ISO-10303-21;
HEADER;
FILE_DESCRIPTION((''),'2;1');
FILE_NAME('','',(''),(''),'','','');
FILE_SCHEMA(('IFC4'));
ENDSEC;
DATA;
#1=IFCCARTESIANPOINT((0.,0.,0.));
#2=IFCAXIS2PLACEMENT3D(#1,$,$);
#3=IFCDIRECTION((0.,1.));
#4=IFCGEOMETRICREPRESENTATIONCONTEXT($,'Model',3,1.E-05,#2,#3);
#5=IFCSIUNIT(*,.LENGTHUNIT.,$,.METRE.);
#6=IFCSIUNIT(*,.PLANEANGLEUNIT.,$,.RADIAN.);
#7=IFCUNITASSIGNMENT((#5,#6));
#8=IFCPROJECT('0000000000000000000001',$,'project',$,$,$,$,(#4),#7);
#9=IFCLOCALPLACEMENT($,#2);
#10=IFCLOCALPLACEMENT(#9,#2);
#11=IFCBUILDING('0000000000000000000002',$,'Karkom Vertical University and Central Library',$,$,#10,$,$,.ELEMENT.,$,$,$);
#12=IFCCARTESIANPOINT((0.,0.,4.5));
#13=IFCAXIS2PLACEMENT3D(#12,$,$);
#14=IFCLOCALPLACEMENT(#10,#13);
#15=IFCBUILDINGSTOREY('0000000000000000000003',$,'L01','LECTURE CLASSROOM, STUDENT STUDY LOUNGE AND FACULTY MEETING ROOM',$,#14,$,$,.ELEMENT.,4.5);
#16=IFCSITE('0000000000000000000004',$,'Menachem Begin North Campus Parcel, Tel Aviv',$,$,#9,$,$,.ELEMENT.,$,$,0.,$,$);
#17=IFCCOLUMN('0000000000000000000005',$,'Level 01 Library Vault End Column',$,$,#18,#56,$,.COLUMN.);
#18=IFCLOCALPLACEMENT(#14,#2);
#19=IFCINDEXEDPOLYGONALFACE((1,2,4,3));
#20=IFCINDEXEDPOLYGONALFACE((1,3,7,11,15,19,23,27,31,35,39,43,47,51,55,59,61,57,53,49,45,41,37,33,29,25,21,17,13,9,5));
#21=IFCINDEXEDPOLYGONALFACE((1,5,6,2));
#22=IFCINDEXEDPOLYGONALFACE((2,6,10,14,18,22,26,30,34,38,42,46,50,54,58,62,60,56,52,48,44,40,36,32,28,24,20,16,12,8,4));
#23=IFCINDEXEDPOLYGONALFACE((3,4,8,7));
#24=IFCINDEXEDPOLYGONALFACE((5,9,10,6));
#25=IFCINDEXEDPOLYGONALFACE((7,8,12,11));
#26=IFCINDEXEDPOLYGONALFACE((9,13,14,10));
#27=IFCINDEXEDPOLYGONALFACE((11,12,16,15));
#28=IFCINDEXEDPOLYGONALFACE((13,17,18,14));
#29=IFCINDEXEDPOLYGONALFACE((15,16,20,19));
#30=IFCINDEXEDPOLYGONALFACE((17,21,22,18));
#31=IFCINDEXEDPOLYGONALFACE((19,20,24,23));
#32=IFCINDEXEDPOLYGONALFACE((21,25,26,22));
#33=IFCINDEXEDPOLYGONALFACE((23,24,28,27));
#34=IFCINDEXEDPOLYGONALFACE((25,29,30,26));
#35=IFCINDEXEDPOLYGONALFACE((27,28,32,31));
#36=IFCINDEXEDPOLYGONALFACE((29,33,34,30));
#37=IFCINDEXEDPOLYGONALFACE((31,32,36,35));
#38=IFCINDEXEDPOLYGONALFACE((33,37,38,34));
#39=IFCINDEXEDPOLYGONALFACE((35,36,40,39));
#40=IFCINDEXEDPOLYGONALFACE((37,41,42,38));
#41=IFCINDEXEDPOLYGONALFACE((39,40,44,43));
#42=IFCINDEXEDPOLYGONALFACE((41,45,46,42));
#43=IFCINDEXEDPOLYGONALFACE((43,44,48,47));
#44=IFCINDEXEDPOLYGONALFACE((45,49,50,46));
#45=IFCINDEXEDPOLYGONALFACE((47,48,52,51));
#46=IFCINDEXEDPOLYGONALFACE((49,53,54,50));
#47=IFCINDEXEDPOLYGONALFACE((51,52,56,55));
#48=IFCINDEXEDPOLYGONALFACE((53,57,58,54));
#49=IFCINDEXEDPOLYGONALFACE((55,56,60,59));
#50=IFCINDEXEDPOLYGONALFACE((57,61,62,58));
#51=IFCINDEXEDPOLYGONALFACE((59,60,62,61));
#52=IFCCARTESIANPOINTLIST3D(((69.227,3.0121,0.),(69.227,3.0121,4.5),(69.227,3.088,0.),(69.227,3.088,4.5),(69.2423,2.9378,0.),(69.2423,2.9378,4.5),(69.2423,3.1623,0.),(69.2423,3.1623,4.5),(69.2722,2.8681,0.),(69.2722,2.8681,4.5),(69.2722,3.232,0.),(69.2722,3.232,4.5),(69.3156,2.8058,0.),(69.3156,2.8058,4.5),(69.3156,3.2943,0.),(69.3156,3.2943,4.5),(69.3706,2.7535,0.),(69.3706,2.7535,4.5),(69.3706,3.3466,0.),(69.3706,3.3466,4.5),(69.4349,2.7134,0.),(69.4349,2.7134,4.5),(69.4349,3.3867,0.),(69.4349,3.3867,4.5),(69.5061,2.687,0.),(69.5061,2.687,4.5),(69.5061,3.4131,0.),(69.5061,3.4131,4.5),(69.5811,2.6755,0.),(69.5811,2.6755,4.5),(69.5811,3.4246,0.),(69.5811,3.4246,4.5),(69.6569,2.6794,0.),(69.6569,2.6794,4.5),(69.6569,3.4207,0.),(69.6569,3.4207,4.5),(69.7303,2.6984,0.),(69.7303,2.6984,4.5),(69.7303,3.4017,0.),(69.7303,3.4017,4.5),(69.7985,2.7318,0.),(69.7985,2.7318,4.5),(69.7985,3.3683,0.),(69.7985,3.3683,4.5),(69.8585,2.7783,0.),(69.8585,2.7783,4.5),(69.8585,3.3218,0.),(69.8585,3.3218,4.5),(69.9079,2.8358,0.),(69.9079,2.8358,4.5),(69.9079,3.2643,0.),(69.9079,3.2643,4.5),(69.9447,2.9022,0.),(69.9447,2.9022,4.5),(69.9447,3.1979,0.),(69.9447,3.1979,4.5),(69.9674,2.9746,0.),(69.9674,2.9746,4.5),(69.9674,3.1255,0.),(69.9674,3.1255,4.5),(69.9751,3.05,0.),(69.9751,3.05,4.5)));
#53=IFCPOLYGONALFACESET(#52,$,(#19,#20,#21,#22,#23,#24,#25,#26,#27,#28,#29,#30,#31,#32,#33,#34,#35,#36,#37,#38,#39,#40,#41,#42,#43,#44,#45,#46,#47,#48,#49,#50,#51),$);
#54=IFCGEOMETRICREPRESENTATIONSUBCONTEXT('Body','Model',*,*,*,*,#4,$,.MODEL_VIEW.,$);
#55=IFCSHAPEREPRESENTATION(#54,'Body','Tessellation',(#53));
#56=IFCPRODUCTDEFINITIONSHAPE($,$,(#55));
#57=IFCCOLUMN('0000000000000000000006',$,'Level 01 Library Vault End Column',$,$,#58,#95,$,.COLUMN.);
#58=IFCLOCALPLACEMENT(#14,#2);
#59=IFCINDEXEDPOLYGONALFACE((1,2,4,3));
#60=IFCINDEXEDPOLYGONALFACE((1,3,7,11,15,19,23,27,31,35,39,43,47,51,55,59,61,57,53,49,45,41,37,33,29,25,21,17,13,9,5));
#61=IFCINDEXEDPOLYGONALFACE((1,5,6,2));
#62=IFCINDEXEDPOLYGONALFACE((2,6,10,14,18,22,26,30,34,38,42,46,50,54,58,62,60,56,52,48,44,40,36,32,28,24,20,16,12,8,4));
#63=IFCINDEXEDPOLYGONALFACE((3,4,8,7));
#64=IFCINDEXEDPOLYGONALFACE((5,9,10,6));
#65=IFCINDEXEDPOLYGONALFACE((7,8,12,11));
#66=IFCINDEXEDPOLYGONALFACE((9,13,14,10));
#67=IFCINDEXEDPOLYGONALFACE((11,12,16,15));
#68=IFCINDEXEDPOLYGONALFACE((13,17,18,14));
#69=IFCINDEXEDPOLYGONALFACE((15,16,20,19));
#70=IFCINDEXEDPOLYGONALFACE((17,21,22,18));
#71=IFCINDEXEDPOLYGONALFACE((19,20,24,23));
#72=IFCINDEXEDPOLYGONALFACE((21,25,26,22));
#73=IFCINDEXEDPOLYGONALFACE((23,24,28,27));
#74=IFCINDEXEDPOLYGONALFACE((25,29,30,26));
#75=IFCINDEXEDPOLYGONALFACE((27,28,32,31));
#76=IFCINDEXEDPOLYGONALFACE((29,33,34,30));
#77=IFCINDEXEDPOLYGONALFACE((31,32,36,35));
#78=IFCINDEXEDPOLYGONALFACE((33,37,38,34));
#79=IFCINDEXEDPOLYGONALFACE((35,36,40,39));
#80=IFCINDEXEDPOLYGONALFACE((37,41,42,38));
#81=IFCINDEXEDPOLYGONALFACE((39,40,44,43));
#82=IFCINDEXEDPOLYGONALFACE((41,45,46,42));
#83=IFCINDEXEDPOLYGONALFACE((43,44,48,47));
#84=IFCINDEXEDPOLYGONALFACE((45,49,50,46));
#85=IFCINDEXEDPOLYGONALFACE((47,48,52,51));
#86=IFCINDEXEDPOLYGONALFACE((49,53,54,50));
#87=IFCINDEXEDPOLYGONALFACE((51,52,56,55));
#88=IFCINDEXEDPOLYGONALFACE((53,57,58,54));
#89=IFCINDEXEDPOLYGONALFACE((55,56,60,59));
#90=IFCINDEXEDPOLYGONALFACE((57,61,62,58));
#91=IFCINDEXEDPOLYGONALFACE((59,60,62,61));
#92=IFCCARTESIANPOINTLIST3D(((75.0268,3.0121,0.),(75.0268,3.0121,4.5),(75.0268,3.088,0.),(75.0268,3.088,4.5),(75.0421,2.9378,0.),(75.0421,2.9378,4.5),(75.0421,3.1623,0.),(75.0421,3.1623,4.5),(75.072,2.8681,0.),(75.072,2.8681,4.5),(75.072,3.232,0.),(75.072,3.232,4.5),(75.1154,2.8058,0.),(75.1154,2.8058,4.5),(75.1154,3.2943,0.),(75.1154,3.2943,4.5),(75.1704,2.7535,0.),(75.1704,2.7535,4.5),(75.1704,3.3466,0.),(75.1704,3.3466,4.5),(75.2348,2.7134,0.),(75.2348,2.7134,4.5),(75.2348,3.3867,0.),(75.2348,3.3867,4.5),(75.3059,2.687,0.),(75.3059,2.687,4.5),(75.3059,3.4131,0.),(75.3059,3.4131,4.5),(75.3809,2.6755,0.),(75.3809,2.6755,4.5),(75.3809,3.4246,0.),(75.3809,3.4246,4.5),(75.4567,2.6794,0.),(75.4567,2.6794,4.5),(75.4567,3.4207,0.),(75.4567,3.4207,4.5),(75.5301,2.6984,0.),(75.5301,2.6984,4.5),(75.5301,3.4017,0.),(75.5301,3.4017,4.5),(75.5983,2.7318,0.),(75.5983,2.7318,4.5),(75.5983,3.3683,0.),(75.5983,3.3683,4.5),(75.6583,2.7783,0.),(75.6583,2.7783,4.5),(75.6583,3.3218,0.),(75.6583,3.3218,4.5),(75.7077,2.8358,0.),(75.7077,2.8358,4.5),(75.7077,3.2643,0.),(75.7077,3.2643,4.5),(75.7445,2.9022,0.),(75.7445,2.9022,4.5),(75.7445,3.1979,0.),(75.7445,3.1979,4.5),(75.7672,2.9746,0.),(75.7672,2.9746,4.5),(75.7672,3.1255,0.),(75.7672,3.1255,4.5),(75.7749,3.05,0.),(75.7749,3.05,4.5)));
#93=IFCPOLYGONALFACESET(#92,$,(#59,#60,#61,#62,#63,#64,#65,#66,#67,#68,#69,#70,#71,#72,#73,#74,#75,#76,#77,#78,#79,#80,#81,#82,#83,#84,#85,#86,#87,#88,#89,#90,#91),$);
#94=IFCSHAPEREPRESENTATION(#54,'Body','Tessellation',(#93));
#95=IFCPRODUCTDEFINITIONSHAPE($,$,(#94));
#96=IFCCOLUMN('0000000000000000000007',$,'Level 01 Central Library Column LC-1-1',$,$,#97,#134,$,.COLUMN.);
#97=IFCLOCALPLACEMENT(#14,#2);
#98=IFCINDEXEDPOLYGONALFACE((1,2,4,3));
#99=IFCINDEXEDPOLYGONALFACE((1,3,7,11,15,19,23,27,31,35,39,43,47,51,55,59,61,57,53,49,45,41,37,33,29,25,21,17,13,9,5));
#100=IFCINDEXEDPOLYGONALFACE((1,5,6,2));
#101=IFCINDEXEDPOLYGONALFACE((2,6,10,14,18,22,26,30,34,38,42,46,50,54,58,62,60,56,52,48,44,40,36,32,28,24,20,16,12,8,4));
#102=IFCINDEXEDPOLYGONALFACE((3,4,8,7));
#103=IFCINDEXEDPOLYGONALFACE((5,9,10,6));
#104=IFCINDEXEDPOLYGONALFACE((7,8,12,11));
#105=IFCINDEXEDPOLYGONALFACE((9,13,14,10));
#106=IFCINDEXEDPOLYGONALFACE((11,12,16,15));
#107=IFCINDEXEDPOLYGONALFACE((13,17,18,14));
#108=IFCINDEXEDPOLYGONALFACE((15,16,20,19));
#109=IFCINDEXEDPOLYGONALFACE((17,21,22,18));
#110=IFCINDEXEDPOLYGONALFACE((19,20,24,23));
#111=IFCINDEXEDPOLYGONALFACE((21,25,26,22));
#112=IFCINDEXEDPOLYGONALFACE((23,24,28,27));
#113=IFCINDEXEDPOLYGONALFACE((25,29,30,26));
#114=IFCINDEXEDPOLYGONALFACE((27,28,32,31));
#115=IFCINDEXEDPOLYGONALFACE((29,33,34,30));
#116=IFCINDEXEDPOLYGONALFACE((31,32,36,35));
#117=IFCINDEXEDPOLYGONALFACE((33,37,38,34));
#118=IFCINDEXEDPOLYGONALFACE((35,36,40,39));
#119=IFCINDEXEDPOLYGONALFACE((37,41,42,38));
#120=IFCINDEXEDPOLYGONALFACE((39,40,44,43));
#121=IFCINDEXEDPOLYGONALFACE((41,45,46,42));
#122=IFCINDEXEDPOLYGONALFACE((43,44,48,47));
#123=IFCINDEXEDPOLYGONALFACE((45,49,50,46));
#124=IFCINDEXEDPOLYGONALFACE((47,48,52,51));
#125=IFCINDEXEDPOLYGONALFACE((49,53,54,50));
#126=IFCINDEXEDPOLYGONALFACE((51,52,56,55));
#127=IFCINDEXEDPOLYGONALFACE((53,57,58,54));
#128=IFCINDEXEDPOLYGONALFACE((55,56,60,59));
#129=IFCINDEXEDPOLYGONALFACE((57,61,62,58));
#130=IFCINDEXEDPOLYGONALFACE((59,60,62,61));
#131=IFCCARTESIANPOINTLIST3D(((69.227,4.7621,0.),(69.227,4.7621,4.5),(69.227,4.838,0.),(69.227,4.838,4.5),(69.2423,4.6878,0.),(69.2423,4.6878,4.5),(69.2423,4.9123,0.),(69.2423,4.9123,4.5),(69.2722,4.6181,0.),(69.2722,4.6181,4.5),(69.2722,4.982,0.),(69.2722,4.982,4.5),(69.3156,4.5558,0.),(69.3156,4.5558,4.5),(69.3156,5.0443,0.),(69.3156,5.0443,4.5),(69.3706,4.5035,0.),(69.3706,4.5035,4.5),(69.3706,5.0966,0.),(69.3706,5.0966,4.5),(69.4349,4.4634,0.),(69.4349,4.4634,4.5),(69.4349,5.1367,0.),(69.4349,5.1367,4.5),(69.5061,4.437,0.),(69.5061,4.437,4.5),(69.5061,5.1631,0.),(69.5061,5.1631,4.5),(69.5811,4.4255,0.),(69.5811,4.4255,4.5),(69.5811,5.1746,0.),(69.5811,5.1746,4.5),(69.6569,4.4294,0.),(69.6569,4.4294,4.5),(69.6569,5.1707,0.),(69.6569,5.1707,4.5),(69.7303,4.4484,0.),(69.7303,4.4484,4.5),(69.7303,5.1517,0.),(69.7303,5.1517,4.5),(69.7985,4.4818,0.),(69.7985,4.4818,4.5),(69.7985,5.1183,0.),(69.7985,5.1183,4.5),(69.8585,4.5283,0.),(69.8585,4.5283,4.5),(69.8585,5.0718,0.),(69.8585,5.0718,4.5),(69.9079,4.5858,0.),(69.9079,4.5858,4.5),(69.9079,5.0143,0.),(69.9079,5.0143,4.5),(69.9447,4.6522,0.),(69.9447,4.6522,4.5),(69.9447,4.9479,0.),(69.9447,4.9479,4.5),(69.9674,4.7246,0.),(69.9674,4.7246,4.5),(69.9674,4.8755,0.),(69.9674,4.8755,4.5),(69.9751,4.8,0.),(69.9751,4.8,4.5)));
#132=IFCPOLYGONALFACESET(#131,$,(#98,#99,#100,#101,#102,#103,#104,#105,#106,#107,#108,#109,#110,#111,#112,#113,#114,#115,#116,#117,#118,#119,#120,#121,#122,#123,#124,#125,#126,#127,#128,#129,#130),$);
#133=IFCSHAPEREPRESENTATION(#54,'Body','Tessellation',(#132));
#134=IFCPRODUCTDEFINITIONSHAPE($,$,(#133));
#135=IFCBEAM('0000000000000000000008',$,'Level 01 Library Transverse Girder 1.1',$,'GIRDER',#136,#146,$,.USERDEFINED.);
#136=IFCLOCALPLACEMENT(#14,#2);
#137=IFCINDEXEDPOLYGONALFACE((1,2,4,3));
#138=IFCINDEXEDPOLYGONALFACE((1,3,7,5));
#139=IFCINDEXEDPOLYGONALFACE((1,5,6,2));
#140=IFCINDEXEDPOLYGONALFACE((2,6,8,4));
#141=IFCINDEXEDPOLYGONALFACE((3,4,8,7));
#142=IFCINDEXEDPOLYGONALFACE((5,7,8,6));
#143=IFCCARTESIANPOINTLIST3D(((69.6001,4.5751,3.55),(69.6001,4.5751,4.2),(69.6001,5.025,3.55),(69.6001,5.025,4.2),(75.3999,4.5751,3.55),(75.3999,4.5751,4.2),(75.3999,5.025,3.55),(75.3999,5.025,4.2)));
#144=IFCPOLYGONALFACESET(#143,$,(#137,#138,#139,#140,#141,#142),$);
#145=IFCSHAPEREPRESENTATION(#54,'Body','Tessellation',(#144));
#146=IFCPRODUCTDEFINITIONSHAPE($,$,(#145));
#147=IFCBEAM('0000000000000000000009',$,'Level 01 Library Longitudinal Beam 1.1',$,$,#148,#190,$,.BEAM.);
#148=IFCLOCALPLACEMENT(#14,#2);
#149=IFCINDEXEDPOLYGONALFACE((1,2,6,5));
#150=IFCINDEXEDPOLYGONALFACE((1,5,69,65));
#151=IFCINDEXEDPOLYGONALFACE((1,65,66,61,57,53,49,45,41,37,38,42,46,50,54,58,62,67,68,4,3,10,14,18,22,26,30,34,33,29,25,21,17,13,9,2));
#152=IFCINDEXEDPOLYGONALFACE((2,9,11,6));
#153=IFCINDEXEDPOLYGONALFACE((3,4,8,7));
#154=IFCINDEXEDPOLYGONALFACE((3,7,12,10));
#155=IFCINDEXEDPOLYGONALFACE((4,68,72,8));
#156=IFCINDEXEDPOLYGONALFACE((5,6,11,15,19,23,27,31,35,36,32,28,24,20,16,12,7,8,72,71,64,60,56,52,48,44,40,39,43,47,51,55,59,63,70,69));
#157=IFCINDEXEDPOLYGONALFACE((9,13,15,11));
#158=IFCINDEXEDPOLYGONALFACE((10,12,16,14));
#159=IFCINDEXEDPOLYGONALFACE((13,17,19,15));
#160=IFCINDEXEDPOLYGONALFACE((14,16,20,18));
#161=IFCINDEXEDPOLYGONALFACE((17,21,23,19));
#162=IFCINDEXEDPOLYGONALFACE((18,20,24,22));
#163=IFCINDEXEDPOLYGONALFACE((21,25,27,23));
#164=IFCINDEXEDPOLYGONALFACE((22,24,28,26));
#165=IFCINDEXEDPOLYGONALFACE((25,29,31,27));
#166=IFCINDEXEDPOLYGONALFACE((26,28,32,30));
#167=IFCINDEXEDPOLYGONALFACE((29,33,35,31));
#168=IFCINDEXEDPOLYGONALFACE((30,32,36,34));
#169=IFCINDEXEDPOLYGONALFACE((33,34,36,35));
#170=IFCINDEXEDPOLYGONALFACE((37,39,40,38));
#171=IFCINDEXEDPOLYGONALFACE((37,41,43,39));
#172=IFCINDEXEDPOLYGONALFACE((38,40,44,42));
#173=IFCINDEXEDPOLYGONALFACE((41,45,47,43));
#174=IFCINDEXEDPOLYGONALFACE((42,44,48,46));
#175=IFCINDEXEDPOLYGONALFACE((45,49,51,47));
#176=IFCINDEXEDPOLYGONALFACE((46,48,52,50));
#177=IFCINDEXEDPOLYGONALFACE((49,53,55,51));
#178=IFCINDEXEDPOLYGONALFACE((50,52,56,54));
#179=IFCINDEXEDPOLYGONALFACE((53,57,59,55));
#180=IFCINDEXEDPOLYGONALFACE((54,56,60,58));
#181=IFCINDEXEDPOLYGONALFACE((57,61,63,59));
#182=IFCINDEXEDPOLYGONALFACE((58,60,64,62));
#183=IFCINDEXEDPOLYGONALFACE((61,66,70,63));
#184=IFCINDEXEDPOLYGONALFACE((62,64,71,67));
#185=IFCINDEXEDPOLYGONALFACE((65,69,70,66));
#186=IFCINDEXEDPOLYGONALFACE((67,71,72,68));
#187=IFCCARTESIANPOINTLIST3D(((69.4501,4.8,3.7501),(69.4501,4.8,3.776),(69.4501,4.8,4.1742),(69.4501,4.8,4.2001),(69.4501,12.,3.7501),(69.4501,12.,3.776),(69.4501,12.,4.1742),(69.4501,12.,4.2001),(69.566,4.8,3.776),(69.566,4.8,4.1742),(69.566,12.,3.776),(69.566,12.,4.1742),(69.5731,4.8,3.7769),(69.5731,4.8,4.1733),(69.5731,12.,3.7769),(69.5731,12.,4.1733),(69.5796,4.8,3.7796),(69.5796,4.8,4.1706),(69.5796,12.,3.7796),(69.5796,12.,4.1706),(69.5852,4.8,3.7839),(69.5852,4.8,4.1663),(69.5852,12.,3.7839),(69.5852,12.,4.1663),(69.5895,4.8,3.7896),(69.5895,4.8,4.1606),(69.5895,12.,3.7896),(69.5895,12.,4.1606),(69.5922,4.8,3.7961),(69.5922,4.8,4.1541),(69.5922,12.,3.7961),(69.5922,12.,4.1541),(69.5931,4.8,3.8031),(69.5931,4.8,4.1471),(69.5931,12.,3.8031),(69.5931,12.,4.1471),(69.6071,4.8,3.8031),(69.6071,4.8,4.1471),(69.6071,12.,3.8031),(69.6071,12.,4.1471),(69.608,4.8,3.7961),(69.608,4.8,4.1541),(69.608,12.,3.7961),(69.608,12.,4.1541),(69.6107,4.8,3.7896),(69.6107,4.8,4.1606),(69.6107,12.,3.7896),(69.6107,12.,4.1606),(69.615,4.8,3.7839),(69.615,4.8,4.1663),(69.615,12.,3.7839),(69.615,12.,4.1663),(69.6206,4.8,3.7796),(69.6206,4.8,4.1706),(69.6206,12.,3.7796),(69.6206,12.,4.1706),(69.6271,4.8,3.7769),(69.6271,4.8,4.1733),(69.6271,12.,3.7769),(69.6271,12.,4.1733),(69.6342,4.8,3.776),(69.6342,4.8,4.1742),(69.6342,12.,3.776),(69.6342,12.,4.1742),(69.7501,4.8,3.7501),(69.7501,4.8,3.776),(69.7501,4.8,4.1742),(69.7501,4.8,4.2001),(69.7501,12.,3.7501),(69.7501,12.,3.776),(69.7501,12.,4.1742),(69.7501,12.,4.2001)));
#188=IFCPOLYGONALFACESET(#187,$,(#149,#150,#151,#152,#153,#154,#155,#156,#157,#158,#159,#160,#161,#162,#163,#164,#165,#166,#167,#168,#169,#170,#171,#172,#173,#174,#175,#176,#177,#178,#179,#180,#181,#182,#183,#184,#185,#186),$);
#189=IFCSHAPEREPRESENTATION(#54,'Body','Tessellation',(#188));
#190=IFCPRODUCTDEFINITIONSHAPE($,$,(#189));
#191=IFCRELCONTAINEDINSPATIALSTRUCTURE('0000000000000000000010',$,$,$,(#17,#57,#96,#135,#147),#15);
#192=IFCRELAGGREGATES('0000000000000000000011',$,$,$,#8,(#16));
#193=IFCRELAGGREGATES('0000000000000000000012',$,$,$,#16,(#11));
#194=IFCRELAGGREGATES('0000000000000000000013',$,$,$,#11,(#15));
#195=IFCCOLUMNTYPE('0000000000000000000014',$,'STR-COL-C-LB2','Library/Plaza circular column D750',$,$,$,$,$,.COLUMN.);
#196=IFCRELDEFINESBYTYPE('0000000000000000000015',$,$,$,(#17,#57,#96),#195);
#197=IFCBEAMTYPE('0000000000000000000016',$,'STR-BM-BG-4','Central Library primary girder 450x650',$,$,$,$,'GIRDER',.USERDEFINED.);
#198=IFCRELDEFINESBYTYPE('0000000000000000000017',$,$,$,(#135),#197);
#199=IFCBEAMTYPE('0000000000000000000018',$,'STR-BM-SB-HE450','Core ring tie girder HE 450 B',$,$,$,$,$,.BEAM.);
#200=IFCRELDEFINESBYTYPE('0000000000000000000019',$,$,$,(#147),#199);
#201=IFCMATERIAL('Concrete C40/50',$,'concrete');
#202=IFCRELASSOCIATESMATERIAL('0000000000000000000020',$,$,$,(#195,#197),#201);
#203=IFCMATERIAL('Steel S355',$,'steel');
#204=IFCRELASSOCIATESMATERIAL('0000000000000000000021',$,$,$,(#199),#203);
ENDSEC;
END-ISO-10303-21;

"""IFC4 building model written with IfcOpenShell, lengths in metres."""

from ifc_helpers import new_model, si_unit, direction, frame, origin, origin_with_axes, origin_2d, place, context, subcontext, project, spatial, rectangle, circle, i_section, extrude, source, transform, mapped, material, material_profile, profile_set, type_object, element, save


model = new_model("IFC4")

# Units and contexts
model_context = context("Model", 3, precision=1e-05, world=origin(), true_north=direction((0.0, 1.0)))
body_context = subcontext(model_context, "Body", "Model", "MODEL_VIEW")
ifc_project = project(units=[si_unit("LENGTHUNIT", "METRE"), si_unit("PLANEANGLEUNIT", "RADIAN")], contexts=[model_context])

# Site, building, storey
site_placement = place(None, origin())
site = spatial("IfcSite", under=ifc_project, at=site_placement, Name="Menachem Begin North Campus Parcel, Tel Aviv", CompositionType="ELEMENT", RefElevation=0.0)
building_placement = place(site_placement, origin())
building = spatial("IfcBuilding", under=site, at=building_placement, Name="Karkom Vertical University and Central Library", CompositionType="ELEMENT")
storey_placement = place(building_placement, frame((0.0, 0.0, 4.5)))
storey = spatial("IfcBuildingStorey", under=building, at=storey_placement, Name="L01", Description="LECTURE CLASSROOM, STUDENT STUDY LOUNGE AND FACULTY MEETING ROOM", CompositionType="ELEMENT", Elevation=4.5)

# Columns
ifc_material_1 = material(Name="Concrete C40/50", Category="concrete")
ifc_material_profile_1 = material_profile(ifc_material_1, circle(Radius=0.375, at=origin_2d()), Name="RC-D750")
ifc_profile_set_1 = profile_set([ifc_material_profile_1], Name="Concrete C40/50")
column_type = type_object("IfcColumnType", Name="STR-COL-C-LB2", Description="Library/Plaza circular column D750", PredefinedType="COLUMN", material=ifc_profile_set_1)
shared_shape_1 = source(origin_with_axes(), body_context, "Body", "SweptSolid", [
    extrude(circle(Radius=0.375, at=origin_2d()), origin(), (0.0, 0.0, 1.0), 4.5),
])
for number, where, z_axis, x_axis, name in (
    (1, (69.6001, 3.05, 0.0), (0.0, 0.0, 1.0), (1.0, 0.0, 0.0), "Level 01 Library Vault End Column"),
    (2, (75.3999, 3.05, 0.0), (0.0, 0.0, 1.0), (1.0, 0.0, 0.0), "Level 01 Library Vault End Column"),
    (3, (69.6001, 4.8, 0.0), (0.0, 0.0, 1.0), (1.0, 0.0, 0.0), "Level 01 Central Library Column LC-1-1"),
):
    element("IfcColumn", number, at=place(storey_placement, frame(where, z_axis=z_axis, x_axis=x_axis)), inside=storey, type_object=column_type, Name=name, PredefinedType="COLUMN", context=body_context, shape_type="MappedRepresentation", body=[
        mapped(shared_shape_1, transform((0.0, 0.0, 0.0), scale=1.0)),
    ])

# Beams
ifc_material_profile_2 = material_profile(ifc_material_1, rectangle(XDim=0.45, YDim=0.6499, at=origin_2d()), Name="RCB-450x650")
ifc_profile_set_2 = profile_set([ifc_material_profile_2], Name="Concrete C40/50")
beam_type_1 = type_object("IfcBeamType", Name="STR-BM-BG-4", Description="Central Library primary girder 450x650", ElementType="GIRDER", PredefinedType="USERDEFINED", material=ifc_profile_set_2)
shared_shape_2 = source(origin_with_axes(), body_context, "Body", "SweptSolid", [
    extrude(rectangle(XDim=0.45, YDim=0.6499, at=origin_2d()), origin(), (0.0, 0.0, 1.0), 5.7998),
])
beam_1_placement = place(storey_placement, frame((69.6001, 4.8, 3.875), z_axis=(1.0, 0.0, 0.0), x_axis=(0.0, 1.0, 0.0)))
element("IfcBeam", 4, at=beam_1_placement, inside=storey, type_object=beam_type_1, Name="Level 01 Library Transverse Girder 1.1", ObjectType="GIRDER", PredefinedType="USERDEFINED", context=body_context, shape_type="MappedRepresentation", body=[
    mapped(shared_shape_2, transform((0.0, 0.0, 0.0), scale=1.0)),
])
ifc_material_2 = material(Name="Steel S355", Category="steel")
ifc_material_profile_3 = material_profile(ifc_material_2, i_section(OverallWidth=0.3, OverallDepth=0.45, WebThickness=0.0139, FlangeThickness=0.0259, FilletRadius=0.0271, at=origin_2d()), Name="HE 450 B")
ifc_profile_set_3 = profile_set([ifc_material_profile_3], Name="Steel S355")
beam_type_2 = type_object("IfcBeamType", Name="STR-BM-SB-HE450", Description="Core ring tie girder HE 450 B", PredefinedType="BEAM", material=ifc_profile_set_3)
shared_shape_3 = source(origin_with_axes(), body_context, "Body", "SweptSolid", [
    extrude(i_section(OverallWidth=0.3, OverallDepth=0.45, WebThickness=0.0139, FlangeThickness=0.0259, FilletRadius=0.0271, at=origin_2d()), origin(), (0.0, 0.0, 1.0), 7.2),
])
beam_2_placement = place(storey_placement, frame((69.6001, 4.8, 3.9751), z_axis=(0.0, 1.0, 0.0), x_axis=(-1.0, 0.0, 0.0)))
element("IfcBeam", 5, at=beam_2_placement, inside=storey, type_object=beam_type_2, Name="Level 01 Library Longitudinal Beam 1.1", PredefinedType="BEAM", context=body_context, shape_type="MappedRepresentation", body=[
    mapped(shared_shape_3, transform((0.0, 0.0, 0.0), scale=1.0)),
])

save(model, "model.ifc")
